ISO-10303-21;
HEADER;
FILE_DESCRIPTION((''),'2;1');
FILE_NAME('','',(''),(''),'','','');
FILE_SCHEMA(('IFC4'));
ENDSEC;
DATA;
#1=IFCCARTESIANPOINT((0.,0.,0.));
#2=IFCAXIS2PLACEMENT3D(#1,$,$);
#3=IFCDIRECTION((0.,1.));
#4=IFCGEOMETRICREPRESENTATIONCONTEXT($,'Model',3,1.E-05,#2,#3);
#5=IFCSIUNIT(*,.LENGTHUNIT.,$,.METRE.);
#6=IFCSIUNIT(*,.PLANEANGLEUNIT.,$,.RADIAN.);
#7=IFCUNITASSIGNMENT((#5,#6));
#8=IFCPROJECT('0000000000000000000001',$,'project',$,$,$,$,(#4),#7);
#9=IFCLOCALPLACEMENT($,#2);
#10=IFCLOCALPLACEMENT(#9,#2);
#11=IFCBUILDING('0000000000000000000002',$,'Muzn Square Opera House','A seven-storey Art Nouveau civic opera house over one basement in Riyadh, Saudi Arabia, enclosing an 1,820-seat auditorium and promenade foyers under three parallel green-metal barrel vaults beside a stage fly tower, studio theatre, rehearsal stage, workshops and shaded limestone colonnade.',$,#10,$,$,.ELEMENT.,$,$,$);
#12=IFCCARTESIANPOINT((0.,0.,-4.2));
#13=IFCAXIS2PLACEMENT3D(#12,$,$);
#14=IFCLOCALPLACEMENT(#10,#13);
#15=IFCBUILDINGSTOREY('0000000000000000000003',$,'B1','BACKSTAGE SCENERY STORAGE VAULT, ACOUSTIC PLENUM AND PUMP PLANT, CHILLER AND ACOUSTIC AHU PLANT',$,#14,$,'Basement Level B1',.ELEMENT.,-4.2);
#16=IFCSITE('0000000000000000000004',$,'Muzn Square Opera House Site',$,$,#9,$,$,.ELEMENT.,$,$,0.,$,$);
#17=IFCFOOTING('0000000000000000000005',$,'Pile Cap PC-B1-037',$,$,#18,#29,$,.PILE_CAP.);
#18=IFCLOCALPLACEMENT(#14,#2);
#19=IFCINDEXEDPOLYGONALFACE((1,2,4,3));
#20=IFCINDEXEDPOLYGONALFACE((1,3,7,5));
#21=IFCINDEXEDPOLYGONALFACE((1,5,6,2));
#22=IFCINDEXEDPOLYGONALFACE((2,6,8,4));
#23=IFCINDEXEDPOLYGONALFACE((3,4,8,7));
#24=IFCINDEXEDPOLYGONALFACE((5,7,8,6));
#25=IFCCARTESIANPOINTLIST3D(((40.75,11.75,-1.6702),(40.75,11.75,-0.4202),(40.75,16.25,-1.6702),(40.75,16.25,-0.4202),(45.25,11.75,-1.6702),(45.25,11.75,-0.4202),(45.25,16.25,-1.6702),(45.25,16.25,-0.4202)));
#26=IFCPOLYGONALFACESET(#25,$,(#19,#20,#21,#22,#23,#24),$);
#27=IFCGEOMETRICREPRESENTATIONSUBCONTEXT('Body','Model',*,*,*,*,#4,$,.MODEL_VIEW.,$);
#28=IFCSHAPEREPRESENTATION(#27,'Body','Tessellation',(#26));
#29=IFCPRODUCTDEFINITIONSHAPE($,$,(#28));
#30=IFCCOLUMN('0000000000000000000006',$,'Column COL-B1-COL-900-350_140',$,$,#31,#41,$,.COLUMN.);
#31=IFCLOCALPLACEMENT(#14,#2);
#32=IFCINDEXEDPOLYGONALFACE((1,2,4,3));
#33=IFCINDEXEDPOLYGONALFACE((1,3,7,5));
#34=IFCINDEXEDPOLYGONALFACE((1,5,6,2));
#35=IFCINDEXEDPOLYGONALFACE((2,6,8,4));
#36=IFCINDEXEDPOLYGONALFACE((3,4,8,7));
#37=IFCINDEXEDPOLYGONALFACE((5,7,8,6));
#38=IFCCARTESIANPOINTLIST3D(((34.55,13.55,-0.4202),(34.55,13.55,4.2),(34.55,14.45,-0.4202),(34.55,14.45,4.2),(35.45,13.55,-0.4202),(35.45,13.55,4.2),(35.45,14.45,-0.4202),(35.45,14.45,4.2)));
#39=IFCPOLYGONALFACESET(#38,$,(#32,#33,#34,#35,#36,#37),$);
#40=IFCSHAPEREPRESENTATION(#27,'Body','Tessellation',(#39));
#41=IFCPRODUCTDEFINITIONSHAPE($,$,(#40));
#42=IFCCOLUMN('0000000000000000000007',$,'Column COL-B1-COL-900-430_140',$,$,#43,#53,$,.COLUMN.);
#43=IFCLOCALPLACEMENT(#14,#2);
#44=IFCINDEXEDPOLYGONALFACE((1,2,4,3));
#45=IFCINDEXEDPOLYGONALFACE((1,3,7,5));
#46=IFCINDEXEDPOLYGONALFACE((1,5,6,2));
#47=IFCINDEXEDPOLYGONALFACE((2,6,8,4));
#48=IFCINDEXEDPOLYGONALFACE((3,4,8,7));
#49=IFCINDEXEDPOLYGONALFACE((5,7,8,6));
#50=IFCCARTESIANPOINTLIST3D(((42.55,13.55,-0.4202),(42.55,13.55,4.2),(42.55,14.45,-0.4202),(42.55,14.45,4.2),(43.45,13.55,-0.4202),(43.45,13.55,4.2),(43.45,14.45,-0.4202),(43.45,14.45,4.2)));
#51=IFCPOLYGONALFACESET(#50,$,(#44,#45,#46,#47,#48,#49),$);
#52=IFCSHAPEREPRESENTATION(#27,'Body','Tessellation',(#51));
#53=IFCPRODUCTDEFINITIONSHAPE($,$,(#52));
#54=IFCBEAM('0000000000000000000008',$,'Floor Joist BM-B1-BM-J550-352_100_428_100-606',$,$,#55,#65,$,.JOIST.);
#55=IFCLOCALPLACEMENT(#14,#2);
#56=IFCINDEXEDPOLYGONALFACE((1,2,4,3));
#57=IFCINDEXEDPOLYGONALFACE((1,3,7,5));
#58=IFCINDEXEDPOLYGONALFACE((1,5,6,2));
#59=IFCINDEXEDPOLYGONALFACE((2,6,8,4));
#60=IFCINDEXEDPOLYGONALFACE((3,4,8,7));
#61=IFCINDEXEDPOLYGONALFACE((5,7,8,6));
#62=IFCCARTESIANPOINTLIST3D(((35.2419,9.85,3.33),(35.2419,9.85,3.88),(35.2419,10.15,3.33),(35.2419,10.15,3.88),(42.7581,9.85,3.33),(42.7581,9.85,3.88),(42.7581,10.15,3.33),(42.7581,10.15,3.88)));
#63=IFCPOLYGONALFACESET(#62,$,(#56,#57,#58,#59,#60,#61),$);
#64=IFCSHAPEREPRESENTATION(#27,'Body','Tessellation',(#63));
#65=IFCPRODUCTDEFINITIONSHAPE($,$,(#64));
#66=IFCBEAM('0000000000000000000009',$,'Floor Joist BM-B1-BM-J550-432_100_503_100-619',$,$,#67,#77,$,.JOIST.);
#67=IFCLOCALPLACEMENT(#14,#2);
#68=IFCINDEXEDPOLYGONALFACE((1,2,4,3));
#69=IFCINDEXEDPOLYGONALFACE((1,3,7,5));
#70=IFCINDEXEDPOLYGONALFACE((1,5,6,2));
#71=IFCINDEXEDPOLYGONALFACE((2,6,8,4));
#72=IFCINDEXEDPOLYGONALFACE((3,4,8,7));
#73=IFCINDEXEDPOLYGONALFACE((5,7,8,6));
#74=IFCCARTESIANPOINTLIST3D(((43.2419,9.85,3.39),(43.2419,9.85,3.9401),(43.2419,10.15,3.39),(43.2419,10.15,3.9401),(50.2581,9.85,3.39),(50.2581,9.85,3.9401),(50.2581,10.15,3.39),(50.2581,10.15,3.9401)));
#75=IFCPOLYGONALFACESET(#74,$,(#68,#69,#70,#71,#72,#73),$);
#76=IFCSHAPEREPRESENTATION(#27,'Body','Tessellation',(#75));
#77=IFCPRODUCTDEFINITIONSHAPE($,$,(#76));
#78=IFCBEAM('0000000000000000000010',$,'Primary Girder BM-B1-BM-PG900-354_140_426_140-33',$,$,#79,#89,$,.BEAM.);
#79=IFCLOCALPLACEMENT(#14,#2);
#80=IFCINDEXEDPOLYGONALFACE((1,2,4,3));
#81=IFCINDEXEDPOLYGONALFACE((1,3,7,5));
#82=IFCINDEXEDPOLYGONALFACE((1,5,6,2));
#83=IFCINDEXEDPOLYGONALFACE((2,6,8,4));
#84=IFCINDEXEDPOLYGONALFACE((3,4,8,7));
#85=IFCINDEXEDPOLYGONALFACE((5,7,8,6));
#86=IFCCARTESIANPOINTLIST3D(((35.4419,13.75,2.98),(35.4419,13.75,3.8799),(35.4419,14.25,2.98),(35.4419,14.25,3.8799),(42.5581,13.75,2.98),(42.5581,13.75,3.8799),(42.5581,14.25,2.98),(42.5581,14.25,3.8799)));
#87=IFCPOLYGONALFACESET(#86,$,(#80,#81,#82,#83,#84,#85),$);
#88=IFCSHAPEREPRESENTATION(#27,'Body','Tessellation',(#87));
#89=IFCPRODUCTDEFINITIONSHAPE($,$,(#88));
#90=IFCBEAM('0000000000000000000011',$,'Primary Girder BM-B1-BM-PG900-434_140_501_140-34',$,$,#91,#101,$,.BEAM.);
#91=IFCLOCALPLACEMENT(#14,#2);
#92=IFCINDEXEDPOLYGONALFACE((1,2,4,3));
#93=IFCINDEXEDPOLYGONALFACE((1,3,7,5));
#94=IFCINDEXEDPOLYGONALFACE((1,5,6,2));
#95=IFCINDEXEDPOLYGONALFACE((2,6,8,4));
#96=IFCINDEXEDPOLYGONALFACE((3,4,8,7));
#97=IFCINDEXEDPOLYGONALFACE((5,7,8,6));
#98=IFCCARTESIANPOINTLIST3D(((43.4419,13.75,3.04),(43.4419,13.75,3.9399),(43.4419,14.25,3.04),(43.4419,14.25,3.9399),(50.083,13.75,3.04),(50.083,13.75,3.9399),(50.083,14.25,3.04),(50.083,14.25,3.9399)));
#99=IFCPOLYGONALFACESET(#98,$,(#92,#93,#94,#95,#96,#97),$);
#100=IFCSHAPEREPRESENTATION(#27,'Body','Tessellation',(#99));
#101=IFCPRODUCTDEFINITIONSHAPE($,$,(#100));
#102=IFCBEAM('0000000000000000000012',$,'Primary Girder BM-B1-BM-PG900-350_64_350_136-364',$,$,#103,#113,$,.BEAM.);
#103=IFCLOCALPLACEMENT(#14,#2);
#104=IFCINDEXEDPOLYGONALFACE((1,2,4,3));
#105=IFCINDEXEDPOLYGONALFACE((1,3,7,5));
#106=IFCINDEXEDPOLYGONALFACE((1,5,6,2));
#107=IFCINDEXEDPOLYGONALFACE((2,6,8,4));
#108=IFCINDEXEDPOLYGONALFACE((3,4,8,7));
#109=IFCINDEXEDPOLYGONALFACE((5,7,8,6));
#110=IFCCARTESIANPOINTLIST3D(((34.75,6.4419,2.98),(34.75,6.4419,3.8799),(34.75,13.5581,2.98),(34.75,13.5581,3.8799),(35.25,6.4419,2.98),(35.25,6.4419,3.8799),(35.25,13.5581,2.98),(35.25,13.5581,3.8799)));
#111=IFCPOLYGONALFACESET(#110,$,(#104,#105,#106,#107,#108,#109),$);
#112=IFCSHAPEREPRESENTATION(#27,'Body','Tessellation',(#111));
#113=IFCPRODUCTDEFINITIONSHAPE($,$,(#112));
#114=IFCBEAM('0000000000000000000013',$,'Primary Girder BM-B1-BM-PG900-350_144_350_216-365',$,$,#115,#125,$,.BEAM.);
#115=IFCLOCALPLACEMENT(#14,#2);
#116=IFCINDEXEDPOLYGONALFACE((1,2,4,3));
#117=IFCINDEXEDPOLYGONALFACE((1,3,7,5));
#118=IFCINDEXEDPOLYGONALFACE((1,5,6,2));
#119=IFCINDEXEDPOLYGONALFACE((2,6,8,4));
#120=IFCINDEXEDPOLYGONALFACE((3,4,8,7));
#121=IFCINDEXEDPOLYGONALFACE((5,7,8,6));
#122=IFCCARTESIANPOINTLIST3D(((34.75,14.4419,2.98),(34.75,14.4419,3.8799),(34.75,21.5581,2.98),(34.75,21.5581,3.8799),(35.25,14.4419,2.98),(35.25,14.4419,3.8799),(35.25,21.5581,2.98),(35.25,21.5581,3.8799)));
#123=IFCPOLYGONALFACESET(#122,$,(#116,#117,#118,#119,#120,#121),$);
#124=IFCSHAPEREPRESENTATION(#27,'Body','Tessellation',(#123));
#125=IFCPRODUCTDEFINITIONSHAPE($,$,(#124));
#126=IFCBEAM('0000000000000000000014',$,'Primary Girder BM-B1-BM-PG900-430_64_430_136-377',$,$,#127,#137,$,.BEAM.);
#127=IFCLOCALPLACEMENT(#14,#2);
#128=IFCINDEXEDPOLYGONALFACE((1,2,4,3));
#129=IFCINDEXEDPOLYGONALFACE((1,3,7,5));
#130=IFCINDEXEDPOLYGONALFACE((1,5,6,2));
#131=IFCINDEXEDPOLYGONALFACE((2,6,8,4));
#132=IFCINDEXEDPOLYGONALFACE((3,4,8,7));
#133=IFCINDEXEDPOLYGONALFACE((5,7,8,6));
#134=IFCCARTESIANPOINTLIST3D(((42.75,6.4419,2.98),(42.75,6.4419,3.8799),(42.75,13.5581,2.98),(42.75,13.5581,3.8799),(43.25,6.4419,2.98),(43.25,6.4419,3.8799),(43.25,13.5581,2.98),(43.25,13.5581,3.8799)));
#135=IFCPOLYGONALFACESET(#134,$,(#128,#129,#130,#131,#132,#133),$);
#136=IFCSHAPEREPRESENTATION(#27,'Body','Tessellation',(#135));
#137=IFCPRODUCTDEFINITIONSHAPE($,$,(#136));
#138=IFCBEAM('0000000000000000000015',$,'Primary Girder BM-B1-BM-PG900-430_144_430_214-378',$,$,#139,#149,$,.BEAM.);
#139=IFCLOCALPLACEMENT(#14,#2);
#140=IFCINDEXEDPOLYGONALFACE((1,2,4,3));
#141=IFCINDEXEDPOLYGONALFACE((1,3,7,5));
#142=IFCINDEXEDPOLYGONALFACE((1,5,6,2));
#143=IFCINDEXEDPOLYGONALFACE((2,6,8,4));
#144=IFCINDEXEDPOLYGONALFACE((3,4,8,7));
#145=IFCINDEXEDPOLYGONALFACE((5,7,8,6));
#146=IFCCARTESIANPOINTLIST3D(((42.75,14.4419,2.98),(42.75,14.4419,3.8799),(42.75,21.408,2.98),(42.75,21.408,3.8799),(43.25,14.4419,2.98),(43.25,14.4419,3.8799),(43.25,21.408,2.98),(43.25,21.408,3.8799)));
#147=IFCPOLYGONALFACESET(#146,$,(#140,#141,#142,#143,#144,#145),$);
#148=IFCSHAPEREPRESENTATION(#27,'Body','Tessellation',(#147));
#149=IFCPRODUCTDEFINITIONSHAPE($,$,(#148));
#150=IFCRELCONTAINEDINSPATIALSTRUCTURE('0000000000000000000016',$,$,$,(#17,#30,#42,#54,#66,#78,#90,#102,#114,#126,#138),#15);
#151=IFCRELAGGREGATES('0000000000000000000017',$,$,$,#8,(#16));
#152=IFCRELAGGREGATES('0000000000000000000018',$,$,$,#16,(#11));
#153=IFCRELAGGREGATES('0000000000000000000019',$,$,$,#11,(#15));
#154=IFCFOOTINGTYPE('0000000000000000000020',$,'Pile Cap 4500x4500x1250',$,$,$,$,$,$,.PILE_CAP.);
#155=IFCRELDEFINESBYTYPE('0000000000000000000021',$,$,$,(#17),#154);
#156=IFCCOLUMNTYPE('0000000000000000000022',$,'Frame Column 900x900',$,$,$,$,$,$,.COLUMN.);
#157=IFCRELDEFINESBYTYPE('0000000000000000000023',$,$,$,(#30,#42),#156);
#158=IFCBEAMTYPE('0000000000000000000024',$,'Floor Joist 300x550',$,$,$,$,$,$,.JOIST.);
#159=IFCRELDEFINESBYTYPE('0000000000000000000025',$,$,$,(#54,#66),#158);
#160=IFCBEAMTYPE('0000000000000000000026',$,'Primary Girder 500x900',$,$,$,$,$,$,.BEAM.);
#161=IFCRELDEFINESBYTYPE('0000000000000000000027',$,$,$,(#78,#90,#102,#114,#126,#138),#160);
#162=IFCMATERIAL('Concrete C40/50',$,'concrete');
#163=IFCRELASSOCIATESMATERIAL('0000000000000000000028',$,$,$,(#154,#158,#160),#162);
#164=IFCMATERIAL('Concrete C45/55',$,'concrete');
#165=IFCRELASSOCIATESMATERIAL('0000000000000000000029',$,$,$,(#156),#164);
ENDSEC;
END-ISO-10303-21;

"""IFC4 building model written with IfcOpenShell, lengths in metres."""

from ifc_helpers import new_model, si_unit, direction, frame, origin, origin_2d, place, context, subcontext, project, spatial, rectangle, extrude, material, material_profile, profile_set, type_object, element, save


model = new_model("IFC4")

# Units and contexts
model_context = context("Model", 3, precision=1e-05, world=origin(), true_north=direction((0.0, 1.0)))
body_context = subcontext(model_context, "Body", "Model", "MODEL_VIEW")
ifc_project = project(units=[si_unit("LENGTHUNIT", "METRE"), si_unit("PLANEANGLEUNIT", "RADIAN")], contexts=[model_context])

# Site, building, storey
site_placement = place(None, origin())
site = spatial("IfcSite", under=ifc_project, at=site_placement, Name="Muzn Square Opera House Site", CompositionType="ELEMENT", RefElevation=0.0)
building_placement = place(site_placement, origin())
building = spatial("IfcBuilding", under=site, at=building_placement, Name="Muzn Square Opera House", Description="A seven-storey Art Nouveau civic opera house over one basement in Riyadh, Saudi Arabia, enclosing an 1,820-seat auditorium and promenade foyers under three parallel green-metal barrel vaults beside a stage fly tower, studio theatre, rehearsal stage, workshops and shaded limestone colonnade.", CompositionType="ELEMENT")
storey_placement = place(building_placement, frame((0.0, 0.0, -4.2)))
storey = spatial("IfcBuildingStorey", under=building, at=storey_placement, Name="B1", Description="BACKSTAGE SCENERY STORAGE VAULT, ACOUSTIC PLENUM AND PUMP PLANT, CHILLER AND ACOUSTIC AHU PLANT", LongName="Basement Level B1", CompositionType="ELEMENT", Elevation=-4.2)

# Shared definitions
ifc_material_1 = material(Name="Concrete C40/50", Category="concrete")

# Footing
footing_type_1 = type_object("IfcFootingType", Name="Pile Cap 4500x4500x1250", PredefinedType="PILE_CAP", material=ifc_material_1)
for number, where, z_axis, x_axis, name in (
    (1, (43.0, 14.0, -1.6702), (0.0, 0.0, 1.0), (1.0, 0.0, 0.0), "Pile Cap PC-B1-037"),
):
    element("IfcFooting", number, at=place(storey_placement, frame(where, z_axis=z_axis, x_axis=x_axis)), inside=storey, type_object=footing_type_1, Name=name, PredefinedType="PILE_CAP", context=body_context, shape_type="SweptSolid", body=[
        extrude(rectangle(XDim=4.5, YDim=4.5, at=origin_2d()), origin(), (0.0, 0.0, 1.0), 1.25),
    ])

# Columns
ifc_material_2 = material(Name="Concrete C45/55", Category="concrete")
ifc_material_profile_1 = material_profile(ifc_material_2, rectangle(XDim=0.8999, YDim=0.8999, at=origin_2d()), Name="RC 900x900", Category="concrete")
ifc_profile_set_1 = profile_set([ifc_material_profile_1], Name="Concrete C45/55")
column_type = type_object("IfcColumnType", Name="Frame Column 900x900", PredefinedType="COLUMN", material=ifc_profile_set_1)
for number, where, z_axis, x_axis, name in (
    (2, (35.0, 14.0, -0.4202), (0.0, 0.0, 1.0), (1.0, 0.0, 0.0), "Column COL-B1-COL-900-350_140"),
    (3, (43.0, 14.0, -0.4202), (0.0, 0.0, 1.0), (1.0, 0.0, 0.0), "Column COL-B1-COL-900-430_140"),
):
    element("IfcColumn", number, at=place(storey_placement, frame(where, z_axis=z_axis, x_axis=x_axis)), inside=storey, type_object=column_type, Name=name, PredefinedType="COLUMN", context=body_context, shape_type="SweptSolid", body=[
        extrude(rectangle(XDim=0.8999, YDim=0.8999, at=origin_2d()), origin(), (0.0, 0.0, 1.0), 4.6201),
    ])

# Beams
ifc_material_profile_2 = material_profile(ifc_material_1, rectangle(XDim=0.3, YDim=0.55, at=origin_2d()), Name="RCJ 300x550", Category="concrete")
ifc_profile_set_2 = profile_set([ifc_material_profile_2], Name="Concrete C40/50")
beam_type_1 = type_object("IfcBeamType", Name="Floor Joist 300x550", PredefinedType="JOIST", material=ifc_profile_set_2)
beam_1_placement = place(storey_placement, frame((35.2419, 10.0, 3.605), z_axis=(1.0, 0.0, 0.0), x_axis=(0.0, 1.0, 0.0)))
element("IfcBeam", 4, at=beam_1_placement, inside=storey, type_object=beam_type_1, Name="Floor Joist BM-B1-BM-J550-352_100_428_100-606", PredefinedType="JOIST", context=body_context, shape_type="SweptSolid", body=[
    extrude(rectangle(XDim=0.3, YDim=0.55, at=origin_2d()), origin(), (0.0, 0.0, 1.0), 7.5161),
])
beam_2_placement = place(storey_placement, frame((43.2419, 10.0, 3.665), z_axis=(1.0, 0.0, 0.0), x_axis=(0.0, 1.0, 0.0)))
element("IfcBeam", 5, at=beam_2_placement, inside=storey, type_object=beam_type_1, Name="Floor Joist BM-B1-BM-J550-432_100_503_100-619", PredefinedType="JOIST", context=body_context, shape_type="SweptSolid", body=[
    extrude(rectangle(XDim=0.3, YDim=0.55, at=origin_2d()), origin(), (0.0, 0.0, 1.0), 7.0161),
])
ifc_material_profile_3 = material_profile(ifc_material_1, rectangle(XDim=0.5, YDim=0.8999, at=origin_2d()), Name="RCB 500x900", Category="concrete")
ifc_profile_set_3 = profile_set([ifc_material_profile_3], Name="Concrete C40/50")
beam_type_2 = type_object("IfcBeamType", Name="Primary Girder 500x900", PredefinedType="BEAM", material=ifc_profile_set_3)
beam_3_placement = place(storey_placement, frame((35.4419, 14.0, 3.4299), z_axis=(1.0, 0.0, 0.0), x_axis=(0.0, 1.0, 0.0)))
element("IfcBeam", 6, at=beam_3_placement, inside=storey, type_object=beam_type_2, Name="Primary Girder BM-B1-BM-PG900-354_140_426_140-33", PredefinedType="BEAM", context=body_context, shape_type="SweptSolid", body=[
    extrude(rectangle(XDim=0.5, YDim=0.8999, at=origin_2d()), origin(), (0.0, 0.0, 1.0), 7.1162),
])
beam_4_placement = place(storey_placement, frame((43.4419, 14.0, 3.49), z_axis=(1.0, 0.0, 0.0), x_axis=(0.0, 1.0, 0.0)))
element("IfcBeam", 7, at=beam_4_placement, inside=storey, type_object=beam_type_2, Name="Primary Girder BM-B1-BM-PG900-434_140_501_140-34", PredefinedType="BEAM", context=body_context, shape_type="SweptSolid", body=[
    extrude(rectangle(XDim=0.5, YDim=0.8999, at=origin_2d()), origin(), (0.0, 0.0, 1.0), 6.6411),
])
for number, where, z_axis, x_axis, name in (
    (8, (35.0, 6.4419, 3.4299), (0.0, 1.0, 0.0), (-1.0, 0.0, 0.0), "Primary Girder BM-B1-BM-PG900-350_64_350_136-364"),
    (9, (35.0, 14.4419, 3.4299), (0.0, 1.0, 0.0), (-1.0, 0.0, 0.0), "Primary Girder BM-B1-BM-PG900-350_144_350_216-365"),
    (10, (43.0, 6.4419, 3.4299), (0.0, 1.0, 0.0), (-1.0, 0.0, 0.0), "Primary Girder BM-B1-BM-PG900-430_64_430_136-377"),
):
    element("IfcBeam", number, at=place(storey_placement, frame(where, z_axis=z_axis, x_axis=x_axis)), inside=storey, type_object=beam_type_2, Name=name, PredefinedType="BEAM", context=body_context, shape_type="SweptSolid", body=[
        extrude(rectangle(XDim=0.5, YDim=0.8999, at=origin_2d()), origin(), (0.0, 0.0, 1.0), 7.1162),
    ])
beam_5_placement = place(storey_placement, frame((43.0, 14.4419, 3.4299), z_axis=(0.0, 1.0, 0.0), x_axis=(-1.0, 0.0, 0.0)))
element("IfcBeam", 11, at=beam_5_placement, inside=storey, type_object=beam_type_2, Name="Primary Girder BM-B1-BM-PG900-430_144_430_214-378", PredefinedType="BEAM", context=body_context, shape_type="SweptSolid", body=[
    extrude(rectangle(XDim=0.5, YDim=0.8999, at=origin_2d()), origin(), (0.0, 0.0, 1.0), 6.9661),
])

save(model, "model.ifc")
